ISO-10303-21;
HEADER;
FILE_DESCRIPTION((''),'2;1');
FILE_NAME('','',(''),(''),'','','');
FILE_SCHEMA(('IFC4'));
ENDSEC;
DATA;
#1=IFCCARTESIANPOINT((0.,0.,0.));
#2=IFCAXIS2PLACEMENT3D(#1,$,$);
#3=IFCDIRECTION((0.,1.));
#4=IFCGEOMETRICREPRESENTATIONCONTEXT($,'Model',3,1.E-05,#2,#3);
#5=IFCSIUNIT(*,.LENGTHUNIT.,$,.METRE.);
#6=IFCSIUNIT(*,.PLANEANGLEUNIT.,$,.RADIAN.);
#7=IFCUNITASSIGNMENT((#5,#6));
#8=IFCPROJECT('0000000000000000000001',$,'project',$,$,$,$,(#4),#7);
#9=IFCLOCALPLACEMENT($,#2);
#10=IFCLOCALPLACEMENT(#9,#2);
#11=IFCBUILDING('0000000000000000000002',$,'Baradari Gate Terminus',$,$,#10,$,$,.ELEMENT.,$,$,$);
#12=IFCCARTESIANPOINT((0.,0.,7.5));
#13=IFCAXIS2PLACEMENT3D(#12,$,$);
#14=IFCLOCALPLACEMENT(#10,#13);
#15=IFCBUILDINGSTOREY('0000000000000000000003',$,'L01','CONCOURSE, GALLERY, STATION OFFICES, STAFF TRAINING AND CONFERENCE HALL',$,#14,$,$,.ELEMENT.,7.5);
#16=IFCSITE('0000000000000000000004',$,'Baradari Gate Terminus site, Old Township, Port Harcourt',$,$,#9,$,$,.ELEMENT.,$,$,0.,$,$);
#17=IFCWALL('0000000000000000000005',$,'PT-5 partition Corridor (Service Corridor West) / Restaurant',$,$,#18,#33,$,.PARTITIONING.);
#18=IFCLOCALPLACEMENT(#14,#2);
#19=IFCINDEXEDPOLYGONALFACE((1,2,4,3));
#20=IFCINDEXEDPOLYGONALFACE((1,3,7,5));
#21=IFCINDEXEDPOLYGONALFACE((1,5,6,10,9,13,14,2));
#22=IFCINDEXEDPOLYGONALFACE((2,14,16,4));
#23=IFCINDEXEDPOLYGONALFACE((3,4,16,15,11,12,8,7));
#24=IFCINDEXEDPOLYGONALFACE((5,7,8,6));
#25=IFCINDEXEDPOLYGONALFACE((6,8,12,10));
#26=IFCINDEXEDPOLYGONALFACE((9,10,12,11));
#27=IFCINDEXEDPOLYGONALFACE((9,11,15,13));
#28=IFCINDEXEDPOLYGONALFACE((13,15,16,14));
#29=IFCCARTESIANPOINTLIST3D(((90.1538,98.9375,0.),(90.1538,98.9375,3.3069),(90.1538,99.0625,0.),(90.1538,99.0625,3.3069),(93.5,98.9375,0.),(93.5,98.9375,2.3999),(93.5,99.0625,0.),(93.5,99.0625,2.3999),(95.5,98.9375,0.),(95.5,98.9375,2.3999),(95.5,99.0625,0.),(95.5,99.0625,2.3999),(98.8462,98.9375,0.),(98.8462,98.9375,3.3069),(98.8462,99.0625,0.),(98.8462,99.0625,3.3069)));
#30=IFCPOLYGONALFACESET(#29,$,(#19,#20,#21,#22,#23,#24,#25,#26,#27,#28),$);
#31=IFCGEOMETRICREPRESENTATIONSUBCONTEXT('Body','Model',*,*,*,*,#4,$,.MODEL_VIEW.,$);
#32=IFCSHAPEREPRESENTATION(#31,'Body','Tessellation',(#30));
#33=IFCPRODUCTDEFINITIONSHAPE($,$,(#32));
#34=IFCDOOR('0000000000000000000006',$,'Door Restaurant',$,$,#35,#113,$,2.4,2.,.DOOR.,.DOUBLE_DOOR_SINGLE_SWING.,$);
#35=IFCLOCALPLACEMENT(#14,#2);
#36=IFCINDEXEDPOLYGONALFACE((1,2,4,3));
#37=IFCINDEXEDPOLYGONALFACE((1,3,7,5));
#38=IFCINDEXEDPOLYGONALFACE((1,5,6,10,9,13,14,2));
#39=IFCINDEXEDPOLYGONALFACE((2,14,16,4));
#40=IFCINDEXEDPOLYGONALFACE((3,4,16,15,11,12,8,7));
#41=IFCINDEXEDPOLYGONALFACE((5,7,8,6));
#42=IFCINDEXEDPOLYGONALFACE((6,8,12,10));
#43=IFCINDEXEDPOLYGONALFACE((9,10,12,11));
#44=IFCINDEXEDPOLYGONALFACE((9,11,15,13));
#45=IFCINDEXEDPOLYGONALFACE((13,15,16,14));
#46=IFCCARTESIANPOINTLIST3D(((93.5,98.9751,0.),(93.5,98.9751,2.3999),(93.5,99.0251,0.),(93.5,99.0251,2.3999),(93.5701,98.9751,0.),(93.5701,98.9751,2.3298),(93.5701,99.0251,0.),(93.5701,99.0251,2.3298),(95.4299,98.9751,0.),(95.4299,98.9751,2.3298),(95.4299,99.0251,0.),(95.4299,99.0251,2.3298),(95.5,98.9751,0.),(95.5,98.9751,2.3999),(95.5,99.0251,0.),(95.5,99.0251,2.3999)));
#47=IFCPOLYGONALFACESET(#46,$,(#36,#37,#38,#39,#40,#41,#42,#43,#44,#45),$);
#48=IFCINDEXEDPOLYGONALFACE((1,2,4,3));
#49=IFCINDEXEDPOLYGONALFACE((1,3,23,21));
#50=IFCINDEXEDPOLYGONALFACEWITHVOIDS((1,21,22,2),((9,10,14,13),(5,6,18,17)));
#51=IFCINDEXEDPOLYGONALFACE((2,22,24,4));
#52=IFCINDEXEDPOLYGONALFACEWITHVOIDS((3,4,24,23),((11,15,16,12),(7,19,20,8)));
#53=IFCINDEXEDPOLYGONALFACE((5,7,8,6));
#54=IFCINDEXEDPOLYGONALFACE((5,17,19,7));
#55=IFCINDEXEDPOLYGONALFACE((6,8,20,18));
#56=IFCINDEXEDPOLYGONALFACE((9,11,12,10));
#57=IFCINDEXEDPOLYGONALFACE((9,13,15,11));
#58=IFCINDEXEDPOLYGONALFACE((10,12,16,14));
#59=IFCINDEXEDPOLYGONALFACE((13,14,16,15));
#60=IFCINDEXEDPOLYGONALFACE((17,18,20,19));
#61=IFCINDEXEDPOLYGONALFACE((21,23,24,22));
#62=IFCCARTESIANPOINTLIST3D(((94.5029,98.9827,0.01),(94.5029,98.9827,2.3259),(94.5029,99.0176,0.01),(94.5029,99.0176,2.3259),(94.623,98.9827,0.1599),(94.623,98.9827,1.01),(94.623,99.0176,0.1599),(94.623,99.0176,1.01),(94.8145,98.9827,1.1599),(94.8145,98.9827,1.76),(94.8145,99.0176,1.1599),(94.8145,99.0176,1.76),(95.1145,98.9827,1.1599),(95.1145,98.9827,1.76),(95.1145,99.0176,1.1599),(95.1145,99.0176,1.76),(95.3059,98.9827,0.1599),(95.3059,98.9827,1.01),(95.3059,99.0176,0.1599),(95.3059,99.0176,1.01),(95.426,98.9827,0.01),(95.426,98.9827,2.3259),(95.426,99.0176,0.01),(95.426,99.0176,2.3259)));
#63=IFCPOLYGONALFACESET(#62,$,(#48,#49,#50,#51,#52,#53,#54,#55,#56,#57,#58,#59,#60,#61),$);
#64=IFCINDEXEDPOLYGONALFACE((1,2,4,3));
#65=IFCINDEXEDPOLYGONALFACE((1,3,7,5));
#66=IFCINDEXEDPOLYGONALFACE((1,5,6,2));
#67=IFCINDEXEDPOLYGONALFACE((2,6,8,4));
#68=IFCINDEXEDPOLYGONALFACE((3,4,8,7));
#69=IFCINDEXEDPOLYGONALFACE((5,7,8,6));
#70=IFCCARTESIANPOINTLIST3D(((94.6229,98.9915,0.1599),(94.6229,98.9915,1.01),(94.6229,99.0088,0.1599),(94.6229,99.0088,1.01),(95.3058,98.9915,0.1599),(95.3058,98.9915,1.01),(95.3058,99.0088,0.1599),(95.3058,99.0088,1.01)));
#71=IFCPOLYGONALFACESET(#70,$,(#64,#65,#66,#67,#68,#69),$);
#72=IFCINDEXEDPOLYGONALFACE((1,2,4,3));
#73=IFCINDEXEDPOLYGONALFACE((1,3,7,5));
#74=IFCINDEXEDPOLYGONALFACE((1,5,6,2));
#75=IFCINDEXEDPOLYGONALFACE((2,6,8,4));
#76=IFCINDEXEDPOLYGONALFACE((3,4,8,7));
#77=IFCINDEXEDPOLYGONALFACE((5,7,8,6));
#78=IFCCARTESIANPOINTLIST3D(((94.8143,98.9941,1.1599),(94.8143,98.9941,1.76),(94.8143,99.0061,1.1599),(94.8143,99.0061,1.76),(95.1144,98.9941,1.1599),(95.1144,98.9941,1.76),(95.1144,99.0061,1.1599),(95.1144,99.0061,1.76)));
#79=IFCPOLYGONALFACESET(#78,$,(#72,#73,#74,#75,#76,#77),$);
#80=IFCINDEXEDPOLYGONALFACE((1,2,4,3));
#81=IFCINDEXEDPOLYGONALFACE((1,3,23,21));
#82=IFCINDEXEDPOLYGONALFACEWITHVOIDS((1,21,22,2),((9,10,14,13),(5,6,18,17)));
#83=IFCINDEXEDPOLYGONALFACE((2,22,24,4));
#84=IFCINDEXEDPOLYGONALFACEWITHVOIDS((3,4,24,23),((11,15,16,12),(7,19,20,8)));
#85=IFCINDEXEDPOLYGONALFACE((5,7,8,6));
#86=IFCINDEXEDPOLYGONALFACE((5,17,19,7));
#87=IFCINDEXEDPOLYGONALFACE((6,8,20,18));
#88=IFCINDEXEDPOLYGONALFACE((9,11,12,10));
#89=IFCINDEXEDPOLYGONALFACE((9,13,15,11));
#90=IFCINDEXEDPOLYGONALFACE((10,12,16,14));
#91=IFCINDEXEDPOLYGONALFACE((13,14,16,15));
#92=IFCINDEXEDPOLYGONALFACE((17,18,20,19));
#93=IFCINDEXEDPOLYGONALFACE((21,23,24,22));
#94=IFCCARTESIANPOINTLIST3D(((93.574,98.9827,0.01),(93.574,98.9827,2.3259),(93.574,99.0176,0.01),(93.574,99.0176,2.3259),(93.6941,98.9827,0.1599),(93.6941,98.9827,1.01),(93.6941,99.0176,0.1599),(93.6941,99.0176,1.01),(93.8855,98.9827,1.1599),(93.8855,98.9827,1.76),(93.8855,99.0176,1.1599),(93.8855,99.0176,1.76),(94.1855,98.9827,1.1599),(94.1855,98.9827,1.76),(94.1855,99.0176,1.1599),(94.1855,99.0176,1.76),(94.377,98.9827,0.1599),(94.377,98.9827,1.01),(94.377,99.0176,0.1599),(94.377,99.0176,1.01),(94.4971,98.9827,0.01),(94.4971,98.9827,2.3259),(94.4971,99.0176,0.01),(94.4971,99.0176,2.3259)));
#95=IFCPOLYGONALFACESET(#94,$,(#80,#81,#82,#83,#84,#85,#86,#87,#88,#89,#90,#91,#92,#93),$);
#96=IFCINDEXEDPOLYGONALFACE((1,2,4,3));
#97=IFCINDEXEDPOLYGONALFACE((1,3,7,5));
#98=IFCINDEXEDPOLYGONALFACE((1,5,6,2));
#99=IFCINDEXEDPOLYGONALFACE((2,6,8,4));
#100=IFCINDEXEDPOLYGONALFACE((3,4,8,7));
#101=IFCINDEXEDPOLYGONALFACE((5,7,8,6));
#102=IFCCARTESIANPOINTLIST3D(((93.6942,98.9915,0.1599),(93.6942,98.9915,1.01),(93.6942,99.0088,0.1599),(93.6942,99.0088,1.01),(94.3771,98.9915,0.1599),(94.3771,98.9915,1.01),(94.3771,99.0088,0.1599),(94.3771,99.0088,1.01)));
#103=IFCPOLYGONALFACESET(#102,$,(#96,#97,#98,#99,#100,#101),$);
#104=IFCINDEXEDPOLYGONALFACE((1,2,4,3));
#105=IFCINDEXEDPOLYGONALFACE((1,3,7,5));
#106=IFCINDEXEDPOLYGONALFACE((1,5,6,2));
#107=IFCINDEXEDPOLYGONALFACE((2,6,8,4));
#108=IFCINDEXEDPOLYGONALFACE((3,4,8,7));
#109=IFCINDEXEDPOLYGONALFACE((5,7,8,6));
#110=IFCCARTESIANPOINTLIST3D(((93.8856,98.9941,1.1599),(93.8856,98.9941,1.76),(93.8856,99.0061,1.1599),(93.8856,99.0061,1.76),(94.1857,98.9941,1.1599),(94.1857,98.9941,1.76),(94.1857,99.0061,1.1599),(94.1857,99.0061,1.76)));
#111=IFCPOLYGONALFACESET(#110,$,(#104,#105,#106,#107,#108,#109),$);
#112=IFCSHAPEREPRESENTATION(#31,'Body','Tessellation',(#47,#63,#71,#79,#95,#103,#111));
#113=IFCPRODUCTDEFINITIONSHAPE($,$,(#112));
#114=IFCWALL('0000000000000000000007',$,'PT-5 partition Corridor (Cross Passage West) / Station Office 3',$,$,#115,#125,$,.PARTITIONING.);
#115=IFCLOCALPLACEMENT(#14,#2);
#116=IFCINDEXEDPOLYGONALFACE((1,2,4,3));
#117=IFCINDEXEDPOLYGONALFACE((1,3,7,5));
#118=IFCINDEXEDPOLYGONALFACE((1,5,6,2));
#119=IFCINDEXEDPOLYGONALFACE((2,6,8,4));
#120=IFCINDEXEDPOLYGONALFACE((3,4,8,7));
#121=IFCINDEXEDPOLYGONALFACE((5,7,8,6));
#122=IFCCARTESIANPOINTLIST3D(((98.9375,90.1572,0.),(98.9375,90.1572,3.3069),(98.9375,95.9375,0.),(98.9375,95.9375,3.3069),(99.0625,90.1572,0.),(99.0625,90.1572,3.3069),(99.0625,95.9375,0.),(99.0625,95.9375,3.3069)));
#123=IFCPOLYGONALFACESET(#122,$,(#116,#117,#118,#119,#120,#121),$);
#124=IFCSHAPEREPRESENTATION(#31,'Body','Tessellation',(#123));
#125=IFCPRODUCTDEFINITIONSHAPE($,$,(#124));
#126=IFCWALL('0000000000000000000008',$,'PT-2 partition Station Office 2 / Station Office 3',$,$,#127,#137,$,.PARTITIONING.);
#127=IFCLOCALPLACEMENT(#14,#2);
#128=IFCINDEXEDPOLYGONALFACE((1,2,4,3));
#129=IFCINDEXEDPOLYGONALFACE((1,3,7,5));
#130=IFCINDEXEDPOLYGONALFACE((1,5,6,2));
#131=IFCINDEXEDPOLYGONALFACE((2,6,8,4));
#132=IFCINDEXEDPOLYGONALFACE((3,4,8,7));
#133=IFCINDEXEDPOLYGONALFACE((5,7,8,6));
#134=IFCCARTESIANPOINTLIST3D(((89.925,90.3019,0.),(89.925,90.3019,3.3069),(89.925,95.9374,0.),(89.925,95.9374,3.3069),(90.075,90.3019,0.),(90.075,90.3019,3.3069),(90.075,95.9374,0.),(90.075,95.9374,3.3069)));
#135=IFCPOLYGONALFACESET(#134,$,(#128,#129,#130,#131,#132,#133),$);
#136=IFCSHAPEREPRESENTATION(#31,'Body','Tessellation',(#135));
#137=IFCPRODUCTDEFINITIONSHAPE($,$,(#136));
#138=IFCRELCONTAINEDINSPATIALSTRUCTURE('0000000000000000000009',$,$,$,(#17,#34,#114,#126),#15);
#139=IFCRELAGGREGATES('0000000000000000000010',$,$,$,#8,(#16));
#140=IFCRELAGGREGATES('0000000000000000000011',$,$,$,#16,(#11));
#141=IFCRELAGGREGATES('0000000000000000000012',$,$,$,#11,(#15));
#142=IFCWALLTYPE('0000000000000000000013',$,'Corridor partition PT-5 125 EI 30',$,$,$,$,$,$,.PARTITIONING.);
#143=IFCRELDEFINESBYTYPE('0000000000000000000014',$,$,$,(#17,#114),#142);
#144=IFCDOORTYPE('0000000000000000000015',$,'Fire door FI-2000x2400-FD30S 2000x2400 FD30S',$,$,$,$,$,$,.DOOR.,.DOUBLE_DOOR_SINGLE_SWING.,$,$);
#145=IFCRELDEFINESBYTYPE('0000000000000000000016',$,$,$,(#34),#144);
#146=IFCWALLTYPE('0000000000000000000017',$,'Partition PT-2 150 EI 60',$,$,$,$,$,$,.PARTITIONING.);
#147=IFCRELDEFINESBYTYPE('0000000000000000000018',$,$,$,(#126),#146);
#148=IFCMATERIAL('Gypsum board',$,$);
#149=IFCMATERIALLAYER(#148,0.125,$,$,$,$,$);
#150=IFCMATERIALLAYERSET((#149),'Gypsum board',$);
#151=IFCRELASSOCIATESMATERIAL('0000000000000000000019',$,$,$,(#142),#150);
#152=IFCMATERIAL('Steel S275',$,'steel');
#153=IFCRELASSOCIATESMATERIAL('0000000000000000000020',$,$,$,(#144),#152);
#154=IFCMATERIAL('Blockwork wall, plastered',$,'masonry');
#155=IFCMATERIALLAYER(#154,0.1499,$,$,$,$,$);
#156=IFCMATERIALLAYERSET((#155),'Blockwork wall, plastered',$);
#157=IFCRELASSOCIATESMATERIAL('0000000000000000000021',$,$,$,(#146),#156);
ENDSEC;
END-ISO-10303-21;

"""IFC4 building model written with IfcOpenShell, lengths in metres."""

from ifc_helpers import new_model, si_unit, direction, frame, frame_2d, origin, place, context, subcontext, project, spatial, polyline, rectangle, outline, extrude, material, layer, layer_set, type_object, element, fill, save


model = new_model("IFC4")

# Units and contexts
model_context = context("Model", 3, precision=1e-05, world=origin(), true_north=direction((0.0, 1.0)))
body_context = subcontext(model_context, "Body", "Model", "MODEL_VIEW")
ifc_project = project(units=[si_unit("LENGTHUNIT", "METRE"), si_unit("PLANEANGLEUNIT", "RADIAN")], contexts=[model_context])

# Site, building, storey
site_placement = place(None, origin())
site = spatial("IfcSite", under=ifc_project, at=site_placement, Name="Baradari Gate Terminus site, Old Township, Port Harcourt", CompositionType="ELEMENT", RefElevation=0.0)
building_placement = place(site_placement, origin())
building = spatial("IfcBuilding", under=site, at=building_placement, Name="Baradari Gate Terminus", CompositionType="ELEMENT")
storey_placement = place(building_placement, frame((0.0, 0.0, 7.5)))
storey = spatial("IfcBuildingStorey", under=building, at=storey_placement, Name="L01", Description="CONCOURSE, GALLERY, STATION OFFICES, STAFF TRAINING AND CONFERENCE HALL", CompositionType="ELEMENT", Elevation=7.5)

# Shared definitions
ifc_material_1 = material(Name="Gypsum board")
ifc_layer_1 = layer(ifc_material_1, 0.125)
ifc_layer_set_1 = layer_set([ifc_layer_1], Name="Gypsum board")
wall_type_1 = type_object("IfcWallType", Name="Corridor partition PT-5 125 EI 30", PredefinedType="PARTITIONING", material=ifc_layer_set_1)

# Wall, opening, door
wall_1_placement = place(storey_placement, frame((90.1538, 99.0, 0.0), z_axis=(0.0, 0.0, 1.0), x_axis=(1.0, 0.0, 0.0)))
wall_1 = element("IfcWall", 1, at=wall_1_placement, inside=storey, type_object=wall_type_1, Name="PT-5 partition Corridor (Service Corridor West) / Restaurant", PredefinedType="PARTITIONING", context=body_context, shape_type="SweptSolid", body=[
    extrude(rectangle(XDim=8.6924, YDim=0.125, at=frame_2d((4.3462, 0.0))), origin(), (0.0, 0.0, 1.0), 3.3069),
])
opening_1_placement = place(wall_1_placement, frame((3.3462, 0.0, 0.0)))
opening_1 = element("IfcOpeningElement", 2, at=opening_1_placement, cuts=wall_1, PredefinedType="OPENING", context=body_context, shape_type="SweptSolid", body=[
    extrude(rectangle(XDim=2.0, YDim=2.3999, at=frame_2d((1.0, 1.2))), frame((0.0, 0.0725, 0.0), z_axis=(0.0, -1.0, 0.0), x_axis=(1.0, 0.0, 0.0)), (0.0, 0.0, 1.0), 0.145),
])
ifc_material_2 = material(Name="Steel S275", Category="steel")
door_type_1 = type_object("IfcDoorType", Name="Fire door FI-2000x2400-FD30S 2000x2400 FD30S", OperationType="DOUBLE_DOOR_SINGLE_SWING", PredefinedType="DOOR", material=ifc_material_2)
door_1_placement = place(opening_1_placement, frame((2.0, 0.0, 0.0), z_axis=(0.0, 0.0, 1.0), x_axis=(-1.0, 0.0, 0.0)))
door_1 = element("IfcDoor", 3, at=door_1_placement, inside=storey, type_object=door_type_1, Name="Door Restaurant", OperationType="DOUBLE_DOOR_SINGLE_SWING", OverallHeight=2.4, OverallWidth=2.0, PredefinedType="DOOR", context=body_context, shape_type="SweptSolid", body=[
    extrude(outline(polyline([(0.0, 0.0), (0.0701, 0.0), (0.0701, 2.3298), (1.9299, 2.3298), (1.9299, 0.0), (2.0, 0.0), (2.0, 2.3999), (0.0, 2.3999), (0.0, 0.0)])), frame((0.0, 0.0249, 0.0), z_axis=(0.0, -1.0, 0.0), x_axis=(1.0, 0.0, 0.0)), (0.0, 0.0, 1.0), 0.05),
    extrude(outline(polyline([(0.074, 0.01), (0.9971, 0.01), (0.9971, 2.3259), (0.074, 2.3259), (0.074, 0.01)]), holes=[polyline([(0.1941, 0.1599), (0.877, 0.1599), (0.877, 1.01), (0.1941, 1.01), (0.1941, 0.1599)]), polyline([(0.3855, 1.1599), (0.6855, 1.1599), (0.6855, 1.76), (0.3855, 1.76), (0.3855, 1.1599)])]), frame((0.0, 0.0173, 0.0), z_axis=(0.0, -1.0, 0.0), x_axis=(1.0, 0.0, 0.0)), (0.0, 0.0, 1.0), 0.0349),
    extrude(rectangle(XDim=0.6829, YDim=0.8501, at=frame_2d((0.5356, 0.585))), frame((0.0, 0.0085, 0.0), z_axis=(0.0, -1.0, 0.0), x_axis=(1.0, 0.0, 0.0)), (0.0, 0.0, 1.0), 0.0173),
    extrude(rectangle(XDim=0.3, YDim=0.6001, at=frame_2d((0.5356, 1.46))), frame((0.0, 0.0059, 0.0), z_axis=(0.0, -1.0, 0.0), x_axis=(1.0, 0.0, 0.0)), (0.0, 0.0, 1.0), 0.012),
    extrude(outline(polyline([(1.0029, 0.01), (1.926, 0.01), (1.926, 2.3259), (1.0029, 2.3259), (1.0029, 0.01)]), holes=[polyline([(1.123, 0.1599), (1.8059, 0.1599), (1.8059, 1.01), (1.123, 1.01), (1.123, 0.1599)]), polyline([(1.3145, 1.1599), (1.6145, 1.1599), (1.6145, 1.76), (1.3145, 1.76), (1.3145, 1.1599)])]), frame((0.0, 0.0173, 0.0), z_axis=(0.0, -1.0, 0.0), x_axis=(1.0, 0.0, 0.0)), (0.0, 0.0, 1.0), 0.0349),
    extrude(rectangle(XDim=0.6829, YDim=0.8501, at=frame_2d((1.4644, 0.585))), frame((0.0, 0.0085, 0.0), z_axis=(0.0, -1.0, 0.0), x_axis=(1.0, 0.0, 0.0)), (0.0, 0.0, 1.0), 0.0173),
    extrude(rectangle(XDim=0.3, YDim=0.6001, at=frame_2d((1.4644, 1.46))), frame((0.0, 0.0059, 0.0), z_axis=(0.0, -1.0, 0.0), x_axis=(1.0, 0.0, 0.0)), (0.0, 0.0, 1.0), 0.012),
])
fill(opening_1, door_1)

# Walls
wall_2_placement = place(storey_placement, frame((99.0, 90.1572, 0.0), z_axis=(0.0, 0.0, 1.0), x_axis=(0.0, 1.0, 0.0)))
element("IfcWall", 4, at=wall_2_placement, inside=storey, type_object=wall_type_1, Name="PT-5 partition Corridor (Cross Passage West) / Station Office 3", PredefinedType="PARTITIONING", context=body_context, shape_type="SweptSolid", body=[
    extrude(rectangle(XDim=5.7803, YDim=0.125, at=frame_2d((2.8901, 0.0))), origin(), (0.0, 0.0, 1.0), 3.3069),
])
ifc_material_3 = material(Name="Blockwork wall, plastered", Category="masonry")
ifc_layer_2 = layer(ifc_material_3, 0.1499)
ifc_layer_set_2 = layer_set([ifc_layer_2], Name="Blockwork wall, plastered")
wall_type_2 = type_object("IfcWallType", Name="Partition PT-2 150 EI 60", PredefinedType="PARTITIONING", material=ifc_layer_set_2)
wall_3_placement = place(storey_placement, frame((90.0, 95.9375, 0.0), z_axis=(0.0, 0.0, 1.0), x_axis=(0.0, -1.0, 0.0)))
element("IfcWall", 5, at=wall_3_placement, inside=storey, type_object=wall_type_2, Name="PT-2 partition Station Office 2 / Station Office 3", PredefinedType="PARTITIONING", context=body_context, shape_type="SweptSolid", body=[
    extrude(rectangle(XDim=5.6355, YDim=0.1499, at=frame_2d((2.8179, 0.0))), origin(), (0.0, 0.0, 1.0), 3.3069),
])

save(model, "model.ifc")
